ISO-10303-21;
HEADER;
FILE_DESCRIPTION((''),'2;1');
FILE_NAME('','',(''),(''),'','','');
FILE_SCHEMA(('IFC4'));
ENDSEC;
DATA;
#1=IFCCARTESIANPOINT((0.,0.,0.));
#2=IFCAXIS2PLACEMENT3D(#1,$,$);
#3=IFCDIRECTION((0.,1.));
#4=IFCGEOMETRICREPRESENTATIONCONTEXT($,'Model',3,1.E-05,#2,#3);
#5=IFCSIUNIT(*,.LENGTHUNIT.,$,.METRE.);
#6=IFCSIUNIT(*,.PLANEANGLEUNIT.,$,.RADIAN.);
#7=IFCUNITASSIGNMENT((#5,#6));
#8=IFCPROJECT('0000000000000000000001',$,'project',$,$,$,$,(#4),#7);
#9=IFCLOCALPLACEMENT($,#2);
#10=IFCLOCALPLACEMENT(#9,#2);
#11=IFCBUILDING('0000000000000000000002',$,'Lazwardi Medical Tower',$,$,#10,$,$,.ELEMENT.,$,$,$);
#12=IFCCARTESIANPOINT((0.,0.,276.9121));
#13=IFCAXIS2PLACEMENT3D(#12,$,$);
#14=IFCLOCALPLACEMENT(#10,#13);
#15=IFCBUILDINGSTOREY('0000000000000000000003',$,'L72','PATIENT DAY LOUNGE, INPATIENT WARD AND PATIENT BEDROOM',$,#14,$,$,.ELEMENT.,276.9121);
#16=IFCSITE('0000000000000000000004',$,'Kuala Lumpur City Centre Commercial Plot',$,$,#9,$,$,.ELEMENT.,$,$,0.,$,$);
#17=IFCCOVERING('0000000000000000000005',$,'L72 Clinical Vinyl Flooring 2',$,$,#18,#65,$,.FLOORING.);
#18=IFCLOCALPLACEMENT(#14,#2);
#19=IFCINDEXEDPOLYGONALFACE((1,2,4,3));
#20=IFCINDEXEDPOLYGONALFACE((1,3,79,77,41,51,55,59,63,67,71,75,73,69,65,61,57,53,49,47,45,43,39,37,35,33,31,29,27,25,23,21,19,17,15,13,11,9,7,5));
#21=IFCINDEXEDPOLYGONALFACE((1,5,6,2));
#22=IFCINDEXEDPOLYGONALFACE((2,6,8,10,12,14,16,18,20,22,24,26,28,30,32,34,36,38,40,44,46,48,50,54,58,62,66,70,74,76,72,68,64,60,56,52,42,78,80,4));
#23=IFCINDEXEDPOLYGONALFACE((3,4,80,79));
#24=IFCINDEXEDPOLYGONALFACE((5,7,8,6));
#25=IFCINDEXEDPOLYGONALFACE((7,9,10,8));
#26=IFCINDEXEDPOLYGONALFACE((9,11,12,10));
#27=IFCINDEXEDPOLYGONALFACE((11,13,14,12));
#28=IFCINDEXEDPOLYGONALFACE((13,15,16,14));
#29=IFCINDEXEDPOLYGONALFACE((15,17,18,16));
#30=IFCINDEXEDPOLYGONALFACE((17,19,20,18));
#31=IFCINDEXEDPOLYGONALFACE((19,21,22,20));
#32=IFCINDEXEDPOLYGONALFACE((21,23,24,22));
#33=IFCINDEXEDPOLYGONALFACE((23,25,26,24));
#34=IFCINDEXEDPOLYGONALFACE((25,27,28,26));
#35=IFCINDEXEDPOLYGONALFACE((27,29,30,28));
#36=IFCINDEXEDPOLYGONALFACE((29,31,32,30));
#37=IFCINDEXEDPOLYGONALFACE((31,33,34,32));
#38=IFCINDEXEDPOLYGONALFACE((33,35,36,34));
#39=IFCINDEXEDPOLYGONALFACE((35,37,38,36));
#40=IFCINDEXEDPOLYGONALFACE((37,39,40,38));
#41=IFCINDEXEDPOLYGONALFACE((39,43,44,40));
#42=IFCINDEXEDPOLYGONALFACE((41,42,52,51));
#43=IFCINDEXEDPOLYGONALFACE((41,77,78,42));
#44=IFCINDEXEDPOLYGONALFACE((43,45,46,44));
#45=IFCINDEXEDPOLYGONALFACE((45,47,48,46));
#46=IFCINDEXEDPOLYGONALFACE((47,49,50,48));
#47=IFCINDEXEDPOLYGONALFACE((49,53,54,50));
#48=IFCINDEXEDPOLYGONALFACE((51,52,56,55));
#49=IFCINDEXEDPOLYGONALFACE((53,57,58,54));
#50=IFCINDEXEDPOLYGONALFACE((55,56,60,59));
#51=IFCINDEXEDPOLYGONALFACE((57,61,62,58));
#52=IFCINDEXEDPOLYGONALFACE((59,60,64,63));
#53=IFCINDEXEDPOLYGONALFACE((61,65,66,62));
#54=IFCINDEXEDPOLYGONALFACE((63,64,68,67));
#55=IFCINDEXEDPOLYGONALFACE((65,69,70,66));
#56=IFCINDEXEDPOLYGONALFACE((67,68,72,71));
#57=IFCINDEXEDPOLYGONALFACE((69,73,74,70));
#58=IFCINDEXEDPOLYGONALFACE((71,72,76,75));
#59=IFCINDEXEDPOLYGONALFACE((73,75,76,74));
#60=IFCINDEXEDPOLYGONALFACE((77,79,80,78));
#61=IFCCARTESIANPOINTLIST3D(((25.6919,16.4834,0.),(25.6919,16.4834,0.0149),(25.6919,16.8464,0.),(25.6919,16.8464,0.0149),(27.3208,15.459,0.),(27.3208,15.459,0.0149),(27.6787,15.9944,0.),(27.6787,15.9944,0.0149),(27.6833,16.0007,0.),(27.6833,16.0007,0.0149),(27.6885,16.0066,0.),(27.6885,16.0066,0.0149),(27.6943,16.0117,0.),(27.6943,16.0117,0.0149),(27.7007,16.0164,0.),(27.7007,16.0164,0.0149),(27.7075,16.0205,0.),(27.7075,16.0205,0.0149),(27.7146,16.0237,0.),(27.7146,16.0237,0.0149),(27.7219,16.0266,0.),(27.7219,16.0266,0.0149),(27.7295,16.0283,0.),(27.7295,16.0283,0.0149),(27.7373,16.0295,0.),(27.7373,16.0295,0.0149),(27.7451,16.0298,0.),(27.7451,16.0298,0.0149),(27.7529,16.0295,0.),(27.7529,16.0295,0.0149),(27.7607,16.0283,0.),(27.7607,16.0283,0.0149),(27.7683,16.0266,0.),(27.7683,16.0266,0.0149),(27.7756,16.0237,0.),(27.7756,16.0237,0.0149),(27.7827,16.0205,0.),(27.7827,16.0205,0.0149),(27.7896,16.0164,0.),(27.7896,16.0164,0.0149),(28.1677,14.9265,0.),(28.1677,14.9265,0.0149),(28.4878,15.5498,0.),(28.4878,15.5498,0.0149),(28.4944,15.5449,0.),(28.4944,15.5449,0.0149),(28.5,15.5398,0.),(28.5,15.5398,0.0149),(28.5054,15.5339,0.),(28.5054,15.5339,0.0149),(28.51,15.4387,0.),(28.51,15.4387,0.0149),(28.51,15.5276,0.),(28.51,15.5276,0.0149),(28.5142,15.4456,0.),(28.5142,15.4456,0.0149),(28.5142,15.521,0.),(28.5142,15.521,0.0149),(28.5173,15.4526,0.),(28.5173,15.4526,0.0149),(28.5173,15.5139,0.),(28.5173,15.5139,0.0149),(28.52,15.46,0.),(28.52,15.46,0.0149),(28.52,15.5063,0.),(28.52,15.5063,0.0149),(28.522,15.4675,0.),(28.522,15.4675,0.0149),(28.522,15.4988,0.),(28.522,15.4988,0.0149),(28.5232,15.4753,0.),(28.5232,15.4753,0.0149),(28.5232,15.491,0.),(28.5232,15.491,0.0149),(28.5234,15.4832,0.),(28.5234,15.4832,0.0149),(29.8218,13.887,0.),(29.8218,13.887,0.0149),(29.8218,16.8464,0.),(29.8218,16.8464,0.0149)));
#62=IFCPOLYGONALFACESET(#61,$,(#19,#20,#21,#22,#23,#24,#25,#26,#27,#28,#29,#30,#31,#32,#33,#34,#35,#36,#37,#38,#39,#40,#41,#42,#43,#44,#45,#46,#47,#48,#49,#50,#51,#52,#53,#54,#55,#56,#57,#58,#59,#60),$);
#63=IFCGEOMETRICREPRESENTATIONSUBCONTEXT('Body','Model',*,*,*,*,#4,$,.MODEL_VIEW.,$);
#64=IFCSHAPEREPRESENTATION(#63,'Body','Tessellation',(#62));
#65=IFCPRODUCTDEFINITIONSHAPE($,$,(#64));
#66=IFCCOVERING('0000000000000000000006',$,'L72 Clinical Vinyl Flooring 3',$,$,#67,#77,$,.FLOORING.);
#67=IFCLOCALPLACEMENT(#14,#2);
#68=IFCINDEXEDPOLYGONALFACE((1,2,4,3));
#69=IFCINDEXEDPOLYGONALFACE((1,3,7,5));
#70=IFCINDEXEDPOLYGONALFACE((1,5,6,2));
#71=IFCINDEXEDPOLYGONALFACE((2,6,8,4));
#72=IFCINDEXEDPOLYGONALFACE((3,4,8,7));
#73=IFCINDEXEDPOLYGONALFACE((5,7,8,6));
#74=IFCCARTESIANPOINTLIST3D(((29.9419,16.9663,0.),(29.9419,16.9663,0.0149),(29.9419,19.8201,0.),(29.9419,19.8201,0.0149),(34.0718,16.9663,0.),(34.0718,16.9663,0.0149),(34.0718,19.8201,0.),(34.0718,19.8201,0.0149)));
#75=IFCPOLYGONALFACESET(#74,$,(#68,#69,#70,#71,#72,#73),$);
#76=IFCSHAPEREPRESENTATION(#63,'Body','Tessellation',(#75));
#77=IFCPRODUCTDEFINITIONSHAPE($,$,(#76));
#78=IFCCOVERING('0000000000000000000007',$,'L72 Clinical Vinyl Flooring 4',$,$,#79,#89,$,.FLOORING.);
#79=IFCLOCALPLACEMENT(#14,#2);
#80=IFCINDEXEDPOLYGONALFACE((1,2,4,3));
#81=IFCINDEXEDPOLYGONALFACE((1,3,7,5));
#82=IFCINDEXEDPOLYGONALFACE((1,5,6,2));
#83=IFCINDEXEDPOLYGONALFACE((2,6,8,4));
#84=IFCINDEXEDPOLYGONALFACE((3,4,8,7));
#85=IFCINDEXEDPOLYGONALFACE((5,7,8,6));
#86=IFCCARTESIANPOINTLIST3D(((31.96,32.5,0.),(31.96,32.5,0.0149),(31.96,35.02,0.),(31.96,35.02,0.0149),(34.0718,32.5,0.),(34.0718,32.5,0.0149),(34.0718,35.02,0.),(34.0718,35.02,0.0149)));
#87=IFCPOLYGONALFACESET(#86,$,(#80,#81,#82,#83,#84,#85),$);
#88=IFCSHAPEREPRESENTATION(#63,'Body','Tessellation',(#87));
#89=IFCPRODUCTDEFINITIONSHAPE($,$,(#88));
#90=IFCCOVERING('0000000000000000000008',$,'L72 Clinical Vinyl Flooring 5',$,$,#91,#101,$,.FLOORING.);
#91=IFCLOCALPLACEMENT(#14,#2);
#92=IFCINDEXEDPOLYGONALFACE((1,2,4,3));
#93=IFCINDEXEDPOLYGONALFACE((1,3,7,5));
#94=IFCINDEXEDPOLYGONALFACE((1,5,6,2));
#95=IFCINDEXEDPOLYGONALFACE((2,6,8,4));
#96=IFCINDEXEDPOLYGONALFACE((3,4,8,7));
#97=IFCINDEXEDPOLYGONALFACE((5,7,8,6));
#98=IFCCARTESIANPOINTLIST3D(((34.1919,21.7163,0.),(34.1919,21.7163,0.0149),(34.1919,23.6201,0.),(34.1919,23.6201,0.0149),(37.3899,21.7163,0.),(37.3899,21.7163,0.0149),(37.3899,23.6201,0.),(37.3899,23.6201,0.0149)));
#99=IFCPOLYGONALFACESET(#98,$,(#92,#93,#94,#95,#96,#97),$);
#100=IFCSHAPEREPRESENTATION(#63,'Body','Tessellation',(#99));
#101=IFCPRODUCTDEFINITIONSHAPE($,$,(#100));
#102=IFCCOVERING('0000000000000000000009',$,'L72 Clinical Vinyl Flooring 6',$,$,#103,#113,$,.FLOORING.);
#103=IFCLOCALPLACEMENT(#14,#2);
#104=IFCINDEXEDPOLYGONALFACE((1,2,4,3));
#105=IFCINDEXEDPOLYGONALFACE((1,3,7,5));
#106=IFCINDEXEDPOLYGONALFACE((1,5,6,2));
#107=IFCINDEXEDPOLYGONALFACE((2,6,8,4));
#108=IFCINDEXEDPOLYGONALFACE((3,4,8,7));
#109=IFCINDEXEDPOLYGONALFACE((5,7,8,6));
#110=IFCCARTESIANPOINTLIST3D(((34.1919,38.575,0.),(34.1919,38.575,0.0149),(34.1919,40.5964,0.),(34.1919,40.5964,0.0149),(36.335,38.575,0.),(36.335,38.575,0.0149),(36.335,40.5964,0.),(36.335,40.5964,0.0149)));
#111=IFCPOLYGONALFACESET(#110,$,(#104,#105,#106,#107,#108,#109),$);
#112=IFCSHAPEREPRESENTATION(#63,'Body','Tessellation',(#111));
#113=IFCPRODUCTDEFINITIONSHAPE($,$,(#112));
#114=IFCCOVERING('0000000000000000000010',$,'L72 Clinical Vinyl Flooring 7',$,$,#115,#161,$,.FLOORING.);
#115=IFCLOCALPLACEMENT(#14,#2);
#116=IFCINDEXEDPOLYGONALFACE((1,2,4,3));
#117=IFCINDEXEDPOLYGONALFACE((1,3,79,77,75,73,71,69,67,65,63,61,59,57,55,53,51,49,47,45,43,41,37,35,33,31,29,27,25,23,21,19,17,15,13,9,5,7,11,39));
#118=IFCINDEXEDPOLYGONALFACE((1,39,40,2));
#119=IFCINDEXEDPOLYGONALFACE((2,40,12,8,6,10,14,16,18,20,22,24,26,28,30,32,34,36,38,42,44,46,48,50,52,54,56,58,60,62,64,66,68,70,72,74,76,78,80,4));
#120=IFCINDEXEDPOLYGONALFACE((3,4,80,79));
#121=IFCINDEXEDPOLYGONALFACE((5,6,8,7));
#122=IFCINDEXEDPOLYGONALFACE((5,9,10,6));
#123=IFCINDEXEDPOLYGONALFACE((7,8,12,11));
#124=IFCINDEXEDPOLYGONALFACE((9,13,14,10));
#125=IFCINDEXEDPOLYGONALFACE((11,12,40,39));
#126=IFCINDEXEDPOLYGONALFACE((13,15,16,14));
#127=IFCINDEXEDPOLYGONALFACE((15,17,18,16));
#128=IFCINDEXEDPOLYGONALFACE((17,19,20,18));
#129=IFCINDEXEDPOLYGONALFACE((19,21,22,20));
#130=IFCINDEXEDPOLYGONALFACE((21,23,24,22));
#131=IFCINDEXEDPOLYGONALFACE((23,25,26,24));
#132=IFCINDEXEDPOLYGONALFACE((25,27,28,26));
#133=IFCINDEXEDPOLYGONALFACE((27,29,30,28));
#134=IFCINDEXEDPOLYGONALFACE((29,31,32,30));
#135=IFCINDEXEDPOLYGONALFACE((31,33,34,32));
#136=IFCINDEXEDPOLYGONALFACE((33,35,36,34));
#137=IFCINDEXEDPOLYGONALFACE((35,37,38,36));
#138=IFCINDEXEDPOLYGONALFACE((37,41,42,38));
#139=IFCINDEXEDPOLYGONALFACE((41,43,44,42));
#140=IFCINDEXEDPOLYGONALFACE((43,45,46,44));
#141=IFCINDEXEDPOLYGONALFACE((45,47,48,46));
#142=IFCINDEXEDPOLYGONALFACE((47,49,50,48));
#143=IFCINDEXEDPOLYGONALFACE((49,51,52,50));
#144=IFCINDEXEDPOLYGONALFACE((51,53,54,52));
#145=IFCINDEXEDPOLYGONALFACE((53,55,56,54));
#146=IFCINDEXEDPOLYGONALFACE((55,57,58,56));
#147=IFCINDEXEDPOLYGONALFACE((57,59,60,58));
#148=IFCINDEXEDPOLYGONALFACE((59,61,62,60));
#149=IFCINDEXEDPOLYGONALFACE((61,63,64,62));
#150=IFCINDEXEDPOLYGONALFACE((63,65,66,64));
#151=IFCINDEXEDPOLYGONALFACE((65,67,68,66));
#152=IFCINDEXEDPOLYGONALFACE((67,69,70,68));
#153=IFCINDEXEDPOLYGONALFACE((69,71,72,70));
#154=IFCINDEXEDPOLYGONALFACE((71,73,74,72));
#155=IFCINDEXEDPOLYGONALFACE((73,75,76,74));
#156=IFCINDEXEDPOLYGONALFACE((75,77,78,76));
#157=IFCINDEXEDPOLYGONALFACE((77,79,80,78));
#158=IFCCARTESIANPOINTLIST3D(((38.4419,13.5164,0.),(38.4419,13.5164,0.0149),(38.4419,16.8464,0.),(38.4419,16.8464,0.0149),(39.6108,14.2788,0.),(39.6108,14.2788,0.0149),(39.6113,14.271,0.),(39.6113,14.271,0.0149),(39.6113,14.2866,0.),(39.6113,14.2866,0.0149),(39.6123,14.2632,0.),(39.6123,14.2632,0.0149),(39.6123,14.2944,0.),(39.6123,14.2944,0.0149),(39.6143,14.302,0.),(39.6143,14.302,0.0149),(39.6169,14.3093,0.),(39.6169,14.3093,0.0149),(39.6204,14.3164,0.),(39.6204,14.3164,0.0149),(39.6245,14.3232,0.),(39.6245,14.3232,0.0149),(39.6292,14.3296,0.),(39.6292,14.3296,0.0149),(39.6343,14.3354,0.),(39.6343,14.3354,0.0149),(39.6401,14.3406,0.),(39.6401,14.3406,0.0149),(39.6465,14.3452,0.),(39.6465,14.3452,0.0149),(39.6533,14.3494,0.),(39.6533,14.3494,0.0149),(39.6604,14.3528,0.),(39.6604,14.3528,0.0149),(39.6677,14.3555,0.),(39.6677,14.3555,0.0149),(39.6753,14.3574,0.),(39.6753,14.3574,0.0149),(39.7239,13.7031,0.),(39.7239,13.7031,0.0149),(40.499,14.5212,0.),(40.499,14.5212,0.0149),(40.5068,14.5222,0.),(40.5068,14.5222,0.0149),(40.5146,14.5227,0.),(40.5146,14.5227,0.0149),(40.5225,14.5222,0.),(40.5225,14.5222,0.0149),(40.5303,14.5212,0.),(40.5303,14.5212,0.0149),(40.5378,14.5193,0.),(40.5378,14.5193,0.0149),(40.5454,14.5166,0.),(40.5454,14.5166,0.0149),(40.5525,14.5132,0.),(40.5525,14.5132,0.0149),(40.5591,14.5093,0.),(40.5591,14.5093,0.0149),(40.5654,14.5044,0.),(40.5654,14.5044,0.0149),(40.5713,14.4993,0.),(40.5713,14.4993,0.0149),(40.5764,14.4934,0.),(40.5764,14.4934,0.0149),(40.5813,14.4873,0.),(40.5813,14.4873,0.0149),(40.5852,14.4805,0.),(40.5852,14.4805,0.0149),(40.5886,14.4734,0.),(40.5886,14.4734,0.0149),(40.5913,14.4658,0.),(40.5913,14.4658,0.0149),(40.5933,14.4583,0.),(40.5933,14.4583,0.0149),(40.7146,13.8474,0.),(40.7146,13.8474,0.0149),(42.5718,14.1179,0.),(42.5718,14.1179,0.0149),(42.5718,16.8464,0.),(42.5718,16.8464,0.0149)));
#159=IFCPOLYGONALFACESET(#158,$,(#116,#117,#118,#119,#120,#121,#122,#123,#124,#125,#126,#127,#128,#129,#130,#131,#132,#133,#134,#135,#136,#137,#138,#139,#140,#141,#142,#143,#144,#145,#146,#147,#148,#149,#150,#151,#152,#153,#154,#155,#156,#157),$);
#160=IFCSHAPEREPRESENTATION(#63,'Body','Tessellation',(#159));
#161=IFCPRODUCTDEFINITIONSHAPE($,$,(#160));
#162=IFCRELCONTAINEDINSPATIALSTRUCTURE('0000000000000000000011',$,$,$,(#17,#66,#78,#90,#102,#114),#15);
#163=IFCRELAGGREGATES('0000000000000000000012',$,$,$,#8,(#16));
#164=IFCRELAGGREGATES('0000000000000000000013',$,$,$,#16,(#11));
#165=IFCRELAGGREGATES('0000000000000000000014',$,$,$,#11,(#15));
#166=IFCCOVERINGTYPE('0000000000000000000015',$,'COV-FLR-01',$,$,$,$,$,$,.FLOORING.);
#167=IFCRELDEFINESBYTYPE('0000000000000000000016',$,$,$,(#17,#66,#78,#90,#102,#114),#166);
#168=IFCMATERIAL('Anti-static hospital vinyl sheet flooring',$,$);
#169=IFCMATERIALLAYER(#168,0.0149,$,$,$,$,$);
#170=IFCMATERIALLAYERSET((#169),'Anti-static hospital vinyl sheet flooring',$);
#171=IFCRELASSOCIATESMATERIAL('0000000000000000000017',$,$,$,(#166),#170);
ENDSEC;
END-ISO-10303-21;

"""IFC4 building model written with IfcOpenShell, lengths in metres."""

from ifc_helpers import new_model, si_unit, direction, frame, origin, place, context, subcontext, project, spatial, polyline, outline, extrude, material, layer, layer_set, type_object, element, save


model = new_model("IFC4")

# Units and contexts
model_context = context("Model", 3, precision=1e-05, world=origin(), true_north=direction((0.0, 1.0)))
body_context = subcontext(model_context, "Body", "Model", "MODEL_VIEW")
ifc_project = project(units=[si_unit("LENGTHUNIT", "METRE"), si_unit("PLANEANGLEUNIT", "RADIAN")], contexts=[model_context])

# Site, building, storey
site_placement = place(None, origin())
site = spatial("IfcSite", under=ifc_project, at=site_placement, Name="Kuala Lumpur City Centre Commercial Plot", CompositionType="ELEMENT", RefElevation=0.0)
building_placement = place(site_placement, origin())
building = spatial("IfcBuilding", under=site, at=building_placement, Name="Lazwardi Medical Tower", CompositionType="ELEMENT")
storey_placement = place(building_placement, frame((0.0, 0.0, 276.9121)))
storey = spatial("IfcBuildingStorey", under=building, at=storey_placement, Name="L72", Description="PATIENT DAY LOUNGE, INPATIENT WARD AND PATIENT BEDROOM", CompositionType="ELEMENT", Elevation=276.9121)

# Coverings
ifc_material_1 = material(Name="Anti-static hospital vinyl sheet flooring")
ifc_layer_1 = layer(ifc_material_1, 0.0149)
ifc_layer_set_1 = layer_set([ifc_layer_1], Name="Anti-static hospital vinyl sheet flooring")
covering_type_1 = type_object("IfcCoveringType", Name="COV-FLR-01", PredefinedType="FLOORING", material=ifc_layer_set_1)
covering_1_placement = place(storey_placement, origin())
element("IfcCovering", 1, at=covering_1_placement, inside=storey, type_object=covering_type_1, Name="L72 Clinical Vinyl Flooring 2", PredefinedType="FLOORING", context=body_context, shape_type="SweptSolid", body=[
    extrude(outline(polyline([(25.6919, 16.4834), (27.3208, 15.459), (27.6787, 15.9944), (27.6833, 16.0007), (27.6885, 16.0066), (27.6943, 16.0117), (27.7007, 16.0164), (27.7075, 16.0205), (27.7146, 16.0237), (27.7219, 16.0266), (27.7295, 16.0283), (27.7373, 16.0295), (27.7451, 16.0298), (27.7529, 16.0295), (27.7607, 16.0283), (27.7683, 16.0266), (27.7756, 16.0237), (27.7827, 16.0205), (27.7896, 16.0164), (28.4878, 15.5498), (28.4944, 15.5449), (28.5, 15.5398), (28.5054, 15.5339), (28.51, 15.5276), (28.5142, 15.521), (28.5173, 15.5139), (28.52, 15.5063), (28.522, 15.4988), (28.5232, 15.491), (28.5234, 15.4832), (28.5232, 15.4753), (28.522, 15.4675), (28.52, 15.46), (28.5173, 15.4526), (28.5142, 15.4456), (28.51, 15.4387), (28.1677, 14.9265), (29.8218, 13.887), (29.8218, 16.8464), (25.6919, 16.8464), (25.6919, 16.4834)])), origin(), (0.0, 0.0, 1.0), 0.0149),
])
covering_2_placement = place(storey_placement, origin())
element("IfcCovering", 2, at=covering_2_placement, inside=storey, type_object=covering_type_1, Name="L72 Clinical Vinyl Flooring 3", PredefinedType="FLOORING", context=body_context, shape_type="SweptSolid", body=[
    extrude(outline(polyline([(34.0718, 19.8201), (29.9419, 19.8201), (29.9419, 16.9663), (34.0718, 16.9663), (34.0718, 19.8201)])), origin(), (0.0, 0.0, 1.0), 0.0149),
])
covering_3_placement = place(storey_placement, origin())
element("IfcCovering", 3, at=covering_3_placement, inside=storey, type_object=covering_type_1, Name="L72 Clinical Vinyl Flooring 4", PredefinedType="FLOORING", context=body_context, shape_type="SweptSolid", body=[
    extrude(outline(polyline([(34.0718, 35.02), (31.96, 35.02), (31.96, 32.5), (34.0718, 32.5), (34.0718, 35.02)])), origin(), (0.0, 0.0, 1.0), 0.0149),
])
covering_4_placement = place(storey_placement, origin())
element("IfcCovering", 4, at=covering_4_placement, inside=storey, type_object=covering_type_1, Name="L72 Clinical Vinyl Flooring 5", PredefinedType="FLOORING", context=body_context, shape_type="SweptSolid", body=[
    extrude(outline(polyline([(37.3899, 21.7163), (37.3899, 23.6201), (34.1919, 23.6201), (34.1919, 21.7163), (37.3899, 21.7163)])), origin(), (0.0, 0.0, 1.0), 0.0149),
])
covering_5_placement = place(storey_placement, origin())
element("IfcCovering", 5, at=covering_5_placement, inside=storey, type_object=covering_type_1, Name="L72 Clinical Vinyl Flooring 6", PredefinedType="FLOORING", context=body_context, shape_type="SweptSolid", body=[
    extrude(outline(polyline([(34.1919, 38.575), (36.335, 38.575), (36.335, 40.5964), (34.1919, 40.5964), (34.1919, 38.575)])), origin(), (0.0, 0.0, 1.0), 0.0149),
])
covering_6_placement = place(storey_placement, origin())
element("IfcCovering", 6, at=covering_6_placement, inside=storey, type_object=covering_type_1, Name="L72 Clinical Vinyl Flooring 7", PredefinedType="FLOORING", context=body_context, shape_type="SweptSolid", body=[
    extrude(outline(polyline([(38.4419, 13.5164), (39.7239, 13.7031), (39.6123, 14.2632), (39.6113, 14.271), (39.6108, 14.2788), (39.6113, 14.2866), (39.6123, 14.2944), (39.6143, 14.302), (39.6169, 14.3093), (39.6204, 14.3164), (39.6245, 14.3232), (39.6292, 14.3296), (39.6343, 14.3354), (39.6401, 14.3406), (39.6465, 14.3452), (39.6533, 14.3494), (39.6604, 14.3528), (39.6677, 14.3555), (39.6753, 14.3574), (40.499, 14.5212), (40.5068, 14.5222), (40.5146, 14.5227), (40.5225, 14.5222), (40.5303, 14.5212), (40.5378, 14.5193), (40.5454, 14.5166), (40.5525, 14.5132), (40.5591, 14.5093), (40.5654, 14.5044), (40.5713, 14.4993), (40.5764, 14.4934), (40.5813, 14.4873), (40.5852, 14.4805), (40.5886, 14.4734), (40.5913, 14.4658), (40.5933, 14.4583), (40.7146, 13.8474), (42.5718, 14.1179), (42.5718, 16.8464), (38.4419, 16.8464), (38.4419, 13.5164)])), origin(), (0.0, 0.0, 1.0), 0.0149),
])

save(model, "model.ifc")
